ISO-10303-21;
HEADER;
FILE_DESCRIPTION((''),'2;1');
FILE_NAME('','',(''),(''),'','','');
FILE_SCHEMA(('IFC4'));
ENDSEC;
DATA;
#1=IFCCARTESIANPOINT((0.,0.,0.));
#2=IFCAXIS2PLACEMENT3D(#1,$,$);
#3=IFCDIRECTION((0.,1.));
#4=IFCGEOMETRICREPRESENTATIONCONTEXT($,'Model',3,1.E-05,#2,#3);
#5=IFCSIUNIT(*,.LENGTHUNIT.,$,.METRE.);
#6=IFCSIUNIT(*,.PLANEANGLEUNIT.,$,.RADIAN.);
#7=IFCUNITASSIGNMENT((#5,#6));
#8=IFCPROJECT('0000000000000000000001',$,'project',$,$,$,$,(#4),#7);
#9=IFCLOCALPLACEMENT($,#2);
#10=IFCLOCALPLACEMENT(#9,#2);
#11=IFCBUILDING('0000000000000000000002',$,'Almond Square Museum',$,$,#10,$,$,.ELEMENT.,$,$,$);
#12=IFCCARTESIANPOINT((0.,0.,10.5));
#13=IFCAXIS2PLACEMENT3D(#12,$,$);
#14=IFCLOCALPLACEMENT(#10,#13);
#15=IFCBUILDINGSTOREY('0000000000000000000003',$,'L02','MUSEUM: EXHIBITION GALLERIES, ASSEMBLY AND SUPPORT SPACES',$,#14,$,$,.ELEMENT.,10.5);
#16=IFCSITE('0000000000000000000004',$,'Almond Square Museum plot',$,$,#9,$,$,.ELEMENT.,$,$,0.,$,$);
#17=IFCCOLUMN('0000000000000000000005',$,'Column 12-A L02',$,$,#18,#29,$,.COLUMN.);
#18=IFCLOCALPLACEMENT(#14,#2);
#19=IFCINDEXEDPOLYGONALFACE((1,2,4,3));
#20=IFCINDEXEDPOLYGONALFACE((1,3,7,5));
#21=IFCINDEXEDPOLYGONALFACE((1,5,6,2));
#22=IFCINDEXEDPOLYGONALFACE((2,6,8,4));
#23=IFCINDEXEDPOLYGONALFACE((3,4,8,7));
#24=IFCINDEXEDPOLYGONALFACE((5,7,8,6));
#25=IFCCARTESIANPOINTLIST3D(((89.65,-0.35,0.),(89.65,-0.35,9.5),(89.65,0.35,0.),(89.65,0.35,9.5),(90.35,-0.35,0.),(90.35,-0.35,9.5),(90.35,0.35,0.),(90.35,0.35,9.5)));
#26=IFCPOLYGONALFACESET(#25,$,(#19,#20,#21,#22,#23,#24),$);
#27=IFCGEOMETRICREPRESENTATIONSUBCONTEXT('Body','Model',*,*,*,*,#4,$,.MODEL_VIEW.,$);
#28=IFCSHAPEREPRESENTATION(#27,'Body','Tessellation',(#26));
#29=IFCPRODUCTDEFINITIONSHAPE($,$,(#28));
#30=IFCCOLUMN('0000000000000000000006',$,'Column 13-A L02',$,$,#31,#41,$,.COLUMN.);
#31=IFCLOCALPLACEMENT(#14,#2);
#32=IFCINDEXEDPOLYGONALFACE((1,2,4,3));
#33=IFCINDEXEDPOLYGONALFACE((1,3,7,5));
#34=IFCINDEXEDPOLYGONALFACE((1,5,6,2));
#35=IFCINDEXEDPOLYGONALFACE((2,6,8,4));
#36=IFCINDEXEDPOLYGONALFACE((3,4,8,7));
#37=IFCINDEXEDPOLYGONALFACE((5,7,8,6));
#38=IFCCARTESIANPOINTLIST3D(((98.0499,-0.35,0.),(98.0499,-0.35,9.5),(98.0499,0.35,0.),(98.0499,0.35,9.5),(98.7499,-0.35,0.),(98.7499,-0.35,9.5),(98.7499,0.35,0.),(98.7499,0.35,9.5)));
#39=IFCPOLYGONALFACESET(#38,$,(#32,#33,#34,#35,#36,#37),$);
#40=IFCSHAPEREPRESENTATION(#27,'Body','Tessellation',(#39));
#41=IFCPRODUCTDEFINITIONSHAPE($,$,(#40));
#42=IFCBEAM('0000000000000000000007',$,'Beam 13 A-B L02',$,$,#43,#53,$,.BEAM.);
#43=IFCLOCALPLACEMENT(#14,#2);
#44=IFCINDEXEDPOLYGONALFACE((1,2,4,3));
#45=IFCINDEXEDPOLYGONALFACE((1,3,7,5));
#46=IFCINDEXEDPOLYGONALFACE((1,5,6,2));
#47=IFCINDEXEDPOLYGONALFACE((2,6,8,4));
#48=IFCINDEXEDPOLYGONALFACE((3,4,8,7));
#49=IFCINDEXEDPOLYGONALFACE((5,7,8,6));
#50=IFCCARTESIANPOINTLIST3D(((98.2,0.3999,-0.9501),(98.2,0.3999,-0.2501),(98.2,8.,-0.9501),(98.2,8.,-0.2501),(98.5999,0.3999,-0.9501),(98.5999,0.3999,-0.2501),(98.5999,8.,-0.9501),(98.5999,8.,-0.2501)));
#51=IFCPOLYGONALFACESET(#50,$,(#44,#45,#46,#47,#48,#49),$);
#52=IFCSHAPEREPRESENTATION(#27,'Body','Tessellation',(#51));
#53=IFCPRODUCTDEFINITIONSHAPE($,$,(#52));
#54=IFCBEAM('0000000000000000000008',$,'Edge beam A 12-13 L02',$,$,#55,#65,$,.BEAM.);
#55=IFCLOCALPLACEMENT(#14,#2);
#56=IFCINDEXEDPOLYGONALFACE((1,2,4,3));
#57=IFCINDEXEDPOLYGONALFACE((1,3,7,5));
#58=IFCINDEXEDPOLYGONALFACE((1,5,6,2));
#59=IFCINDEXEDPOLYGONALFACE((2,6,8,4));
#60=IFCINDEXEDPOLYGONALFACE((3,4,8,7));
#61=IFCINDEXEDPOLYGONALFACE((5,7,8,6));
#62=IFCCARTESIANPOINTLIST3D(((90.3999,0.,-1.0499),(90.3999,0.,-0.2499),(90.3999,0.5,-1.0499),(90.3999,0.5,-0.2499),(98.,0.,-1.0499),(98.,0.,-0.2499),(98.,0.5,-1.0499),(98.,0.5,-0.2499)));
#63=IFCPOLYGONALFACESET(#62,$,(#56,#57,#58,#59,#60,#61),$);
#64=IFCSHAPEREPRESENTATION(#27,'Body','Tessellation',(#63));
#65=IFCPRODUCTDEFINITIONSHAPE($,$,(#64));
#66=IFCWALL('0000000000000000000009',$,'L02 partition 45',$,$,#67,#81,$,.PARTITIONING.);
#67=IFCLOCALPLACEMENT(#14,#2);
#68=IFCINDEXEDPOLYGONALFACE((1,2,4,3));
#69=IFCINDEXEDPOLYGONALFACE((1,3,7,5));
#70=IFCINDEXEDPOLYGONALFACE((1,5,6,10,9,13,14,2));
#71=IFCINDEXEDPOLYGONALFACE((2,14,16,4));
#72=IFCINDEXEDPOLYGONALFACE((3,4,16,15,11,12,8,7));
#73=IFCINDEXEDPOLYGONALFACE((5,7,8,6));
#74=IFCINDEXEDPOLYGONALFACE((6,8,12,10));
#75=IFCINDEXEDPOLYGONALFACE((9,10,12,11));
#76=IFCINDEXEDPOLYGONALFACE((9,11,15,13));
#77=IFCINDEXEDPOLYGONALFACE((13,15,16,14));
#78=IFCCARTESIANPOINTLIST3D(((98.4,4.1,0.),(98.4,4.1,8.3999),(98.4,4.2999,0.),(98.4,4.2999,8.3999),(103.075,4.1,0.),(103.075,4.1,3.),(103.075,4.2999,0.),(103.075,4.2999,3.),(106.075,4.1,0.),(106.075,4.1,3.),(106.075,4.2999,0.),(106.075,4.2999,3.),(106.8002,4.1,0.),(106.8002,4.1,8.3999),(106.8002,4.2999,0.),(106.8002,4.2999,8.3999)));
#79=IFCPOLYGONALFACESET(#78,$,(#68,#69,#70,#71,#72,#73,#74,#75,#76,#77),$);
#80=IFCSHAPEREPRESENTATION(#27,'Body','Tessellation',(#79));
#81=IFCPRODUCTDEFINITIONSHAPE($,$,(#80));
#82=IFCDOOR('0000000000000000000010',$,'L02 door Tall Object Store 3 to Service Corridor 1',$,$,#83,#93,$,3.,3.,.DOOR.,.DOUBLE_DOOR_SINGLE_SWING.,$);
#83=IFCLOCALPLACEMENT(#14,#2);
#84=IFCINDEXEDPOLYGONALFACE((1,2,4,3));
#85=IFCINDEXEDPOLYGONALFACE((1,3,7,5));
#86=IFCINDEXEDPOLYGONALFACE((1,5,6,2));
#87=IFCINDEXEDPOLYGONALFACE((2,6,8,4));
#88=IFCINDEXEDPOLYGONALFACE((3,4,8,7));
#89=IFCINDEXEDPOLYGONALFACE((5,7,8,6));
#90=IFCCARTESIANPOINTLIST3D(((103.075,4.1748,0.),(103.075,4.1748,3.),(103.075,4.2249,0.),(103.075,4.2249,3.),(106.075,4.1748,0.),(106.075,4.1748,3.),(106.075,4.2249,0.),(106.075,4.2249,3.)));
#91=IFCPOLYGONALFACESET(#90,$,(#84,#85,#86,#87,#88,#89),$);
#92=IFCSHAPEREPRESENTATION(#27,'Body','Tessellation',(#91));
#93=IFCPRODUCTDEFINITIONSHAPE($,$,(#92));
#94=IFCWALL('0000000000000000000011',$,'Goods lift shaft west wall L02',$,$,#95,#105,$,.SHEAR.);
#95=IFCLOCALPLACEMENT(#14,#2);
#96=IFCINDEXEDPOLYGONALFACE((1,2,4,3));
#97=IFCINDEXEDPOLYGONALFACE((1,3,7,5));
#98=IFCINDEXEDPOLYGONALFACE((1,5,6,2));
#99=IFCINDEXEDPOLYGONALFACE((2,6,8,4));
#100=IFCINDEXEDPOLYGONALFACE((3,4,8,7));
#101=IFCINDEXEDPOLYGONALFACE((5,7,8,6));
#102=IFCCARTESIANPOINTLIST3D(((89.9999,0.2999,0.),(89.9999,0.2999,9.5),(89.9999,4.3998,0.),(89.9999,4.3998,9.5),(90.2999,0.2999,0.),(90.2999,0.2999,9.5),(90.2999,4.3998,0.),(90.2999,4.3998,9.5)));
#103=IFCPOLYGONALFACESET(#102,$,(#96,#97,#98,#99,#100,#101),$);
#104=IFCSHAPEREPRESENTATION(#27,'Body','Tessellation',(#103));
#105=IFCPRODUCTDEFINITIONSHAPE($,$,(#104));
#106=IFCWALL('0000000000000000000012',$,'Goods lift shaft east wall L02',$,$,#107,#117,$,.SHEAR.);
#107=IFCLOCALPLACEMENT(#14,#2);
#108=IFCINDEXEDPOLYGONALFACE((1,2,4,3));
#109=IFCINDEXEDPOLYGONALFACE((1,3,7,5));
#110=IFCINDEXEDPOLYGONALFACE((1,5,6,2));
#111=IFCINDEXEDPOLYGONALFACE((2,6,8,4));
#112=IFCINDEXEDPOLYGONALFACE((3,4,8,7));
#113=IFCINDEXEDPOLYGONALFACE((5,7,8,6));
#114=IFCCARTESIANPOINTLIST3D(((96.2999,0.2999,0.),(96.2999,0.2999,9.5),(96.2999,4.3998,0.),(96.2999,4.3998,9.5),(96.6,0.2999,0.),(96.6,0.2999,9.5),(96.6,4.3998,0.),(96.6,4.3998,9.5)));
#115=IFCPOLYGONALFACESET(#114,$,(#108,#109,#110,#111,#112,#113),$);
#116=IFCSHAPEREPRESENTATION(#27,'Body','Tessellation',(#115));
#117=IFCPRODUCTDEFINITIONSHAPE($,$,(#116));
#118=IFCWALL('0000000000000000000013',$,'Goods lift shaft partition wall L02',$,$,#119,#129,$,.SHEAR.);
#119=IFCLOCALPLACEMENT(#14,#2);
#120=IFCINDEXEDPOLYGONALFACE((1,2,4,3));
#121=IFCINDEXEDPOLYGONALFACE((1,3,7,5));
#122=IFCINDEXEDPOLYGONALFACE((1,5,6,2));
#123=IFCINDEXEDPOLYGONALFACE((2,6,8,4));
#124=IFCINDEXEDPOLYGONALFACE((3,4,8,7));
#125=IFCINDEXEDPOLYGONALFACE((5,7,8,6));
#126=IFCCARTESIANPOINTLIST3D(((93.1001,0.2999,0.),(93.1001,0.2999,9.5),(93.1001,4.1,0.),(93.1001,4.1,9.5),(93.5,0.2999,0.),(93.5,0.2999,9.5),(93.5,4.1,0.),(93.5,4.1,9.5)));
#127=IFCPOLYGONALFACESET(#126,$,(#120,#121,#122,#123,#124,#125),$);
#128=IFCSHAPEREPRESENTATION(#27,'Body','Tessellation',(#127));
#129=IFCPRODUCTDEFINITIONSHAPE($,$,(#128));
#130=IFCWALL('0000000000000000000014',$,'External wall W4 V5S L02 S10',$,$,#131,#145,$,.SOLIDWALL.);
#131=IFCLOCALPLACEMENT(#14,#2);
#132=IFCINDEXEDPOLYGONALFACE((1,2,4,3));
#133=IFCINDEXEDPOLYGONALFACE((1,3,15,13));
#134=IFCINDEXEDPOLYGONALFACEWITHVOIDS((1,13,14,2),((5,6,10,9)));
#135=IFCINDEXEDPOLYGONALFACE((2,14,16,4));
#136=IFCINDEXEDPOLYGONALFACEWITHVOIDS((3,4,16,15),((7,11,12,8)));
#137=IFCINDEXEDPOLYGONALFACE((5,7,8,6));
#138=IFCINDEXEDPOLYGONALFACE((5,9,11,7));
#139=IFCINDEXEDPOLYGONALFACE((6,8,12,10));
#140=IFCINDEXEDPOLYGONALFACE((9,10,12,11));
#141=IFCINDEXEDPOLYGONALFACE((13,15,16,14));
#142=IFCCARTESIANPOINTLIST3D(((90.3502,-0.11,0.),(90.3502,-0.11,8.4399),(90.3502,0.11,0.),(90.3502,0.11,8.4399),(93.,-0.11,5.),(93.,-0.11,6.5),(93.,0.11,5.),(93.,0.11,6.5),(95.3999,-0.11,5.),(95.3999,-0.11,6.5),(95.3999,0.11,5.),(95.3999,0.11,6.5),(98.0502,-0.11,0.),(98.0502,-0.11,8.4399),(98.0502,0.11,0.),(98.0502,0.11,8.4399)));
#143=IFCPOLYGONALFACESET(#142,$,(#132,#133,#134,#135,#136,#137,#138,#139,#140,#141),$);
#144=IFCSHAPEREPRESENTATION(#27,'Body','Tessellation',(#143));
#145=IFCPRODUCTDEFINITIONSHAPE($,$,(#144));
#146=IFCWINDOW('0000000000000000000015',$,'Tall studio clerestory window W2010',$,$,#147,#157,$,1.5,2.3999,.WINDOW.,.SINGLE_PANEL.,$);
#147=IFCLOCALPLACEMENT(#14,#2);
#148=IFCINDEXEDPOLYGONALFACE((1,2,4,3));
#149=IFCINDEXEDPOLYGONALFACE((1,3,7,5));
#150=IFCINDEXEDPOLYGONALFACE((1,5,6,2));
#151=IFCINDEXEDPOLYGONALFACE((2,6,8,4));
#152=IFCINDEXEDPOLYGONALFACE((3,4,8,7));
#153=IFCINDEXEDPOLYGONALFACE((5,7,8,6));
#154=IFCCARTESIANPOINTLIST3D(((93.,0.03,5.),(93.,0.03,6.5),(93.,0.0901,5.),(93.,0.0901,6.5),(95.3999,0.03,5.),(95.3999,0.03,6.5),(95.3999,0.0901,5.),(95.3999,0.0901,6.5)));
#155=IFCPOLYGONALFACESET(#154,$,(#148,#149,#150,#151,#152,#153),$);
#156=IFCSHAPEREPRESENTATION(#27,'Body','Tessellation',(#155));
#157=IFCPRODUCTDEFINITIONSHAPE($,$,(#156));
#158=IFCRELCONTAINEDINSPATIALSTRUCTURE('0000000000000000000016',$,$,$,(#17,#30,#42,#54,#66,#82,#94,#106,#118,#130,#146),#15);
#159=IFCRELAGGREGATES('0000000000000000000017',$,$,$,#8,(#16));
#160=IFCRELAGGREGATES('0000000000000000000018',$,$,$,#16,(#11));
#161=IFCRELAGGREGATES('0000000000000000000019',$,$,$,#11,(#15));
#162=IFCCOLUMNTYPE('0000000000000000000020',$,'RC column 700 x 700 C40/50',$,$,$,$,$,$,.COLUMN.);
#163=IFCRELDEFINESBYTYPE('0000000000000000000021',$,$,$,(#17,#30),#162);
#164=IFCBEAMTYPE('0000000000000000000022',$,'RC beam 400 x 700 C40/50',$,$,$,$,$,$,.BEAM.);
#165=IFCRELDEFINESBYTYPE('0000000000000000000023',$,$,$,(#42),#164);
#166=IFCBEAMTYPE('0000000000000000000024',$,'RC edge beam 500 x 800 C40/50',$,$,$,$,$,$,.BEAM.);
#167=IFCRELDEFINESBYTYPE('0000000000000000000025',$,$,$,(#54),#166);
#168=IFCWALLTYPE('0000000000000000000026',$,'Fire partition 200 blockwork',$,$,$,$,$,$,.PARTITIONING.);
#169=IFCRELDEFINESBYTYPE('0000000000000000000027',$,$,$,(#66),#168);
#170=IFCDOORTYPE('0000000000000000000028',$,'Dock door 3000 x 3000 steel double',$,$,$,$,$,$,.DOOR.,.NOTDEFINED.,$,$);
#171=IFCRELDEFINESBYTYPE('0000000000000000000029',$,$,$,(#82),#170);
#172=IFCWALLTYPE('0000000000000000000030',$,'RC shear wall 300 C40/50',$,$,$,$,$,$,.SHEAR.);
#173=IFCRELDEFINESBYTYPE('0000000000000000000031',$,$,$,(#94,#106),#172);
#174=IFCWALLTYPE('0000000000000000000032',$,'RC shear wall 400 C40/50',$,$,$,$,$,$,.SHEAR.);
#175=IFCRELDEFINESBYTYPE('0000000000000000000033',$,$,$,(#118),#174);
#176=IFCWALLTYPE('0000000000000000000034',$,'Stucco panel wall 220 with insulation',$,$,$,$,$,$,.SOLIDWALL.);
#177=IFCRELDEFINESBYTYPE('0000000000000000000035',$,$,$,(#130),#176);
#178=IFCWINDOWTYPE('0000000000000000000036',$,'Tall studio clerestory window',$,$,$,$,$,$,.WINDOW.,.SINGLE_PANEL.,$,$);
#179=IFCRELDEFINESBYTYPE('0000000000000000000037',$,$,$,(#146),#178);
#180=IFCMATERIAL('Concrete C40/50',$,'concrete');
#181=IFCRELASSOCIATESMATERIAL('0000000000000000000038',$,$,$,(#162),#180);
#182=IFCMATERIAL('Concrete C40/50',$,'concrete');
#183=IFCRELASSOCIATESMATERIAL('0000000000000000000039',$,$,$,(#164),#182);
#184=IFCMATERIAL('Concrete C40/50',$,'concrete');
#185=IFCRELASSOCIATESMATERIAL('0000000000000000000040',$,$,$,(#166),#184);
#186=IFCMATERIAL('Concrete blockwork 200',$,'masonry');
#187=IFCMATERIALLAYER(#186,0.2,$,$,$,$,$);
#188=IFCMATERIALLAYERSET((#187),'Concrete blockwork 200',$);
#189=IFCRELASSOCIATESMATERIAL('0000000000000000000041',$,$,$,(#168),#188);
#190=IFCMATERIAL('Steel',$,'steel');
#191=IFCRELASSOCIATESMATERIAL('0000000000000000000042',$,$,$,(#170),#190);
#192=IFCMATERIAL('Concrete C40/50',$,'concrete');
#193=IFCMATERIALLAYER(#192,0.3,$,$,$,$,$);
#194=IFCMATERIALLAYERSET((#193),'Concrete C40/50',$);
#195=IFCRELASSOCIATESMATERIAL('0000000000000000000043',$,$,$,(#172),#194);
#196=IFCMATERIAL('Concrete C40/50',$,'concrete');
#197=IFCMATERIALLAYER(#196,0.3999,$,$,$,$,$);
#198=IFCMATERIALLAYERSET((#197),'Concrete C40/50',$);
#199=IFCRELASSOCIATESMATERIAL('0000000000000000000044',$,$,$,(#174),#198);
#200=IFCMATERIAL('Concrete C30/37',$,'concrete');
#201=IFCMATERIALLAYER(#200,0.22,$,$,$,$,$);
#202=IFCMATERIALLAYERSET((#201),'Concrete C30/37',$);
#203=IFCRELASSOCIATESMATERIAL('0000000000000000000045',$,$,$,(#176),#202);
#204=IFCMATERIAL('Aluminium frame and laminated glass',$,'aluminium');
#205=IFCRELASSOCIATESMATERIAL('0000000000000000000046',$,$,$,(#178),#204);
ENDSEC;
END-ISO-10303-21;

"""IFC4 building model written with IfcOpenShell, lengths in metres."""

from ifc_helpers import new_model, si_unit, direction, frame, frame_2d, origin, origin_2d, place, context, subcontext, project, spatial, rectangle, extrude, material, layer, layer_set, material_profile, profile_set, type_object, element, fill, save


model = new_model("IFC4")

# Units and contexts
model_context = context("Model", 3, precision=1e-05, world=origin(), true_north=direction((0.0, 1.0)))
body_context = subcontext(model_context, "Body", "Model", "MODEL_VIEW")
ifc_project = project(units=[si_unit("LENGTHUNIT", "METRE"), si_unit("PLANEANGLEUNIT", "RADIAN")], contexts=[model_context])

# Site, building, storey
site_placement = place(None, origin())
site = spatial("IfcSite", under=ifc_project, at=site_placement, Name="Almond Square Museum plot", CompositionType="ELEMENT", RefElevation=0.0)
building_placement = place(site_placement, origin())
building = spatial("IfcBuilding", under=site, at=building_placement, Name="Almond Square Museum", CompositionType="ELEMENT")
storey_placement = place(building_placement, frame((0.0, 0.0, 10.5)))
storey = spatial("IfcBuildingStorey", under=building, at=storey_placement, Name="L02", Description="MUSEUM: EXHIBITION GALLERIES, ASSEMBLY AND SUPPORT SPACES", CompositionType="ELEMENT", Elevation=10.5)

# Columns
ifc_material_1 = material(Name="Concrete C40/50", Category="concrete")
ifc_material_profile_1 = material_profile(ifc_material_1, rectangle(XDim=0.7, YDim=0.7, at=origin_2d()))
ifc_profile_set_1 = profile_set([ifc_material_profile_1], Name="Concrete C40/50")
column_type = type_object("IfcColumnType", Name="RC column 700 x 700 C40/50", PredefinedType="COLUMN", material=ifc_profile_set_1)
for number, where, z_axis, x_axis, name in (
    (1, (90.0, 0.0, 0.0), (0.0, 0.0, 1.0), (1.0, 0.0, 0.0), "Column 12-A L02"),
    (2, (98.3999, 0.0, 0.0), (0.0, 0.0, 1.0), (1.0, 0.0, 0.0), "Column 13-A L02"),
):
    element("IfcColumn", number, at=place(storey_placement, frame(where, z_axis=z_axis, x_axis=x_axis)), inside=storey, type_object=column_type, Name=name, PredefinedType="COLUMN", context=body_context, shape_type="SweptSolid", body=[
        extrude(rectangle(XDim=0.7, YDim=0.7, at=origin_2d()), origin(), (0.0, 0.0, 1.0), 9.5),
    ])

# Beams
ifc_material_2 = material(Name="Concrete C40/50", Category="concrete")
ifc_material_profile_2 = material_profile(ifc_material_2, rectangle(XDim=0.3999, YDim=0.7, at=origin_2d()))
ifc_profile_set_2 = profile_set([ifc_material_profile_2], Name="Concrete C40/50")
beam_type_1 = type_object("IfcBeamType", Name="RC beam 400 x 700 C40/50", PredefinedType="BEAM", material=ifc_profile_set_2)
beam_1_placement = place(storey_placement, frame((98.3999, 0.3999, -0.6001), z_axis=(0.0, 1.0, 0.0), x_axis=(-1.0, 0.0, 0.0)))
element("IfcBeam", 3, at=beam_1_placement, inside=storey, type_object=beam_type_1, Name="Beam 13 A-B L02", PredefinedType="BEAM", context=body_context, shape_type="SweptSolid", body=[
    extrude(rectangle(XDim=0.3999, YDim=0.7, at=origin_2d()), origin(), (0.0, 0.0, 1.0), 7.6001),
])
ifc_material_3 = material(Name="Concrete C40/50", Category="concrete")
ifc_material_profile_3 = material_profile(ifc_material_3, rectangle(XDim=0.5, YDim=0.8, at=origin_2d()))
ifc_profile_set_3 = profile_set([ifc_material_profile_3], Name="Concrete C40/50")
beam_type_2 = type_object("IfcBeamType", Name="RC edge beam 500 x 800 C40/50", PredefinedType="BEAM", material=ifc_profile_set_3)
beam_2_placement = place(storey_placement, frame((90.3999, 0.25, -0.6499), z_axis=(1.0, 0.0, 0.0), x_axis=(0.0, 1.0, 0.0)))
element("IfcBeam", 4, at=beam_2_placement, inside=storey, type_object=beam_type_2, Name="Edge beam A 12-13 L02", PredefinedType="BEAM", context=body_context, shape_type="SweptSolid", body=[
    extrude(rectangle(XDim=0.5, YDim=0.8, at=origin_2d()), origin(), (0.0, 0.0, 1.0), 7.6001),
])

# Wall, opening, door
ifc_material_4 = material(Name="Concrete blockwork 200", Category="masonry")
ifc_layer_1 = layer(ifc_material_4, 0.2)
ifc_layer_set_1 = layer_set([ifc_layer_1], Name="Concrete blockwork 200")
wall_type_1 = type_object("IfcWallType", Name="Fire partition 200 blockwork", PredefinedType="PARTITIONING", material=ifc_layer_set_1)
wall_1_placement = place(storey_placement, frame((98.3999, 4.2, 0.0), z_axis=(0.0, 0.0, 1.0), x_axis=(1.0, 0.0, 0.0)))
wall_1 = element("IfcWall", 5, at=wall_1_placement, inside=storey, type_object=wall_type_1, Name="L02 partition 45", PredefinedType="PARTITIONING", context=body_context, shape_type="SweptSolid", body=[
    extrude(rectangle(XDim=8.4001, YDim=0.2, at=frame_2d((4.2002, 0.0))), origin(), (0.0, 0.0, 1.0), 8.3999),
])
opening_1_placement = place(wall_1_placement, frame((4.675, 0.0, 0.0)))
opening_1 = element("IfcOpeningElement", 6, at=opening_1_placement, cuts=wall_1, PredefinedType="OPENING", context=body_context, shape_type="SweptSolid", body=[
    extrude(rectangle(XDim=3.0, YDim=3.0, at=frame_2d((1.5, 1.5))), frame((0.0, 0.1099, 0.0), z_axis=(0.0, -1.0, 0.0), x_axis=(1.0, 0.0, 0.0)), (0.0, 0.0, 1.0), 0.22),
])
ifc_material_5 = material(Name="Steel", Category="steel")
door_type_1 = type_object("IfcDoorType", Name="Dock door 3000 x 3000 steel double", OperationType="NOTDEFINED", PredefinedType="DOOR", material=ifc_material_5)
door_1_placement = place(opening_1_placement, origin())
door_1 = element("IfcDoor", 7, at=door_1_placement, inside=storey, type_object=door_type_1, Name="L02 door Tall Object Store 3 to Service Corridor 1", OperationType="DOUBLE_DOOR_SINGLE_SWING", OverallHeight=3.0, OverallWidth=3.0, PredefinedType="DOOR", context=body_context, shape_type="SweptSolid", body=[
    extrude(rectangle(XDim=3.0, YDim=3.0, at=frame_2d((1.5, 1.5))), frame((0.0, 0.0249, 0.0), z_axis=(0.0, -1.0, 0.0), x_axis=(1.0, 0.0, 0.0)), (0.0, 0.0, 1.0), 0.05),
])
fill(opening_1, door_1)

# Walls
ifc_material_6 = material(Name="Concrete C40/50", Category="concrete")
ifc_layer_2 = layer(ifc_material_6, 0.3)
ifc_layer_set_2 = layer_set([ifc_layer_2], Name="Concrete C40/50")
wall_type_2 = type_object("IfcWallType", Name="RC shear wall 300 C40/50", PredefinedType="SHEAR", material=ifc_layer_set_2)
for number, where, z_axis, x_axis, name in (
    (8, (90.1499, 0.3, 0.0), (0.0, 0.0, 1.0), (0.0, 1.0, 0.0), "Goods lift shaft west wall L02"),
    (9, (96.45, 0.3, 0.0), (0.0, 0.0, 1.0), (0.0, 1.0, 0.0), "Goods lift shaft east wall L02"),
):
    element("IfcWall", number, at=place(storey_placement, frame(where, z_axis=z_axis, x_axis=x_axis)), inside=storey, type_object=wall_type_2, Name=name, PredefinedType="SHEAR", context=body_context, shape_type="SweptSolid", body=[
        extrude(rectangle(XDim=4.0999, YDim=0.3, at=frame_2d((2.0498, 0.0))), origin(), (0.0, 0.0, 1.0), 9.5),
    ])

# Wall
ifc_material_7 = material(Name="Concrete C40/50", Category="concrete")
ifc_layer_3 = layer(ifc_material_7, 0.3999)
ifc_layer_set_3 = layer_set([ifc_layer_3], Name="Concrete C40/50")
wall_type_3 = type_object("IfcWallType", Name="RC shear wall 400 C40/50", PredefinedType="SHEAR", material=ifc_layer_set_3)
wall_2_placement = place(storey_placement, frame((93.3, 0.3, 0.0), z_axis=(0.0, 0.0, 1.0), x_axis=(0.0, 1.0, 0.0)))
element("IfcWall", 10, at=wall_2_placement, inside=storey, type_object=wall_type_3, Name="Goods lift shaft partition wall L02", PredefinedType="SHEAR", context=body_context, shape_type="SweptSolid", body=[
    extrude(rectangle(XDim=3.8, YDim=0.3999, at=frame_2d((1.8999, 0.0))), origin(), (0.0, 0.0, 1.0), 9.5),
])

# Wall, opening, window
ifc_material_8 = material(Name="Concrete C30/37", Category="concrete")
ifc_layer_4 = layer(ifc_material_8, 0.22)
ifc_layer_set_4 = layer_set([ifc_layer_4], Name="Concrete C30/37")
wall_type_4 = type_object("IfcWallType", Name="Stucco panel wall 220 with insulation", PredefinedType="SOLIDWALL", material=ifc_layer_set_4)
wall_3_placement = place(storey_placement, frame((90.3501, 0.0, 0.0), z_axis=(0.0, 0.0, 1.0), x_axis=(1.0, 0.0, 0.0)))
wall_3 = element("IfcWall", 11, at=wall_3_placement, inside=storey, type_object=wall_type_4, Name="External wall W4 V5S L02 S10", PredefinedType="SOLIDWALL", context=body_context, shape_type="SweptSolid", body=[
    extrude(rectangle(XDim=7.7, YDim=0.22, at=frame_2d((3.8501, 0.0))), origin(), (0.0, 0.0, 1.0), 8.4399),
])
opening_2_placement = place(wall_3_placement, frame((2.6499, 0.0, 5.0)))
opening_2 = element("IfcOpeningElement", 12, at=opening_2_placement, cuts=wall_3, PredefinedType="OPENING", context=body_context, shape_type="SweptSolid", body=[
    extrude(rectangle(XDim=2.3999, YDim=1.5, at=frame_2d((1.2, 0.75))), frame((0.0, 0.1199, 0.0), z_axis=(0.0, -1.0, 0.0), x_axis=(1.0, 0.0, 0.0)), (0.0, 0.0, 1.0), 0.24),
])
ifc_material_9 = material(Name="Aluminium frame and laminated glass", Category="aluminium")
window_type = type_object("IfcWindowType", Name="Tall studio clerestory window", PartitioningType="SINGLE_PANEL", PredefinedType="WINDOW", material=ifc_material_9)
window_placement = place(opening_2_placement, origin())
window = element("IfcWindow", 13, at=window_placement, inside=storey, type_object=window_type, Name="Tall studio clerestory window W2010", OverallHeight=1.5, OverallWidth=2.3999, PartitioningType="SINGLE_PANEL", PredefinedType="WINDOW", context=body_context, shape_type="SweptSolid", body=[
    extrude(rectangle(XDim=2.3999, YDim=1.5, at=frame_2d((1.2, 0.75))), frame((0.0, 0.0901, 0.0), z_axis=(0.0, -1.0, 0.0), x_axis=(1.0, 0.0, 0.0)), (0.0, 0.0, 1.0), 0.0601),
])
fill(opening_2, window)

save(model, "model.ifc")
